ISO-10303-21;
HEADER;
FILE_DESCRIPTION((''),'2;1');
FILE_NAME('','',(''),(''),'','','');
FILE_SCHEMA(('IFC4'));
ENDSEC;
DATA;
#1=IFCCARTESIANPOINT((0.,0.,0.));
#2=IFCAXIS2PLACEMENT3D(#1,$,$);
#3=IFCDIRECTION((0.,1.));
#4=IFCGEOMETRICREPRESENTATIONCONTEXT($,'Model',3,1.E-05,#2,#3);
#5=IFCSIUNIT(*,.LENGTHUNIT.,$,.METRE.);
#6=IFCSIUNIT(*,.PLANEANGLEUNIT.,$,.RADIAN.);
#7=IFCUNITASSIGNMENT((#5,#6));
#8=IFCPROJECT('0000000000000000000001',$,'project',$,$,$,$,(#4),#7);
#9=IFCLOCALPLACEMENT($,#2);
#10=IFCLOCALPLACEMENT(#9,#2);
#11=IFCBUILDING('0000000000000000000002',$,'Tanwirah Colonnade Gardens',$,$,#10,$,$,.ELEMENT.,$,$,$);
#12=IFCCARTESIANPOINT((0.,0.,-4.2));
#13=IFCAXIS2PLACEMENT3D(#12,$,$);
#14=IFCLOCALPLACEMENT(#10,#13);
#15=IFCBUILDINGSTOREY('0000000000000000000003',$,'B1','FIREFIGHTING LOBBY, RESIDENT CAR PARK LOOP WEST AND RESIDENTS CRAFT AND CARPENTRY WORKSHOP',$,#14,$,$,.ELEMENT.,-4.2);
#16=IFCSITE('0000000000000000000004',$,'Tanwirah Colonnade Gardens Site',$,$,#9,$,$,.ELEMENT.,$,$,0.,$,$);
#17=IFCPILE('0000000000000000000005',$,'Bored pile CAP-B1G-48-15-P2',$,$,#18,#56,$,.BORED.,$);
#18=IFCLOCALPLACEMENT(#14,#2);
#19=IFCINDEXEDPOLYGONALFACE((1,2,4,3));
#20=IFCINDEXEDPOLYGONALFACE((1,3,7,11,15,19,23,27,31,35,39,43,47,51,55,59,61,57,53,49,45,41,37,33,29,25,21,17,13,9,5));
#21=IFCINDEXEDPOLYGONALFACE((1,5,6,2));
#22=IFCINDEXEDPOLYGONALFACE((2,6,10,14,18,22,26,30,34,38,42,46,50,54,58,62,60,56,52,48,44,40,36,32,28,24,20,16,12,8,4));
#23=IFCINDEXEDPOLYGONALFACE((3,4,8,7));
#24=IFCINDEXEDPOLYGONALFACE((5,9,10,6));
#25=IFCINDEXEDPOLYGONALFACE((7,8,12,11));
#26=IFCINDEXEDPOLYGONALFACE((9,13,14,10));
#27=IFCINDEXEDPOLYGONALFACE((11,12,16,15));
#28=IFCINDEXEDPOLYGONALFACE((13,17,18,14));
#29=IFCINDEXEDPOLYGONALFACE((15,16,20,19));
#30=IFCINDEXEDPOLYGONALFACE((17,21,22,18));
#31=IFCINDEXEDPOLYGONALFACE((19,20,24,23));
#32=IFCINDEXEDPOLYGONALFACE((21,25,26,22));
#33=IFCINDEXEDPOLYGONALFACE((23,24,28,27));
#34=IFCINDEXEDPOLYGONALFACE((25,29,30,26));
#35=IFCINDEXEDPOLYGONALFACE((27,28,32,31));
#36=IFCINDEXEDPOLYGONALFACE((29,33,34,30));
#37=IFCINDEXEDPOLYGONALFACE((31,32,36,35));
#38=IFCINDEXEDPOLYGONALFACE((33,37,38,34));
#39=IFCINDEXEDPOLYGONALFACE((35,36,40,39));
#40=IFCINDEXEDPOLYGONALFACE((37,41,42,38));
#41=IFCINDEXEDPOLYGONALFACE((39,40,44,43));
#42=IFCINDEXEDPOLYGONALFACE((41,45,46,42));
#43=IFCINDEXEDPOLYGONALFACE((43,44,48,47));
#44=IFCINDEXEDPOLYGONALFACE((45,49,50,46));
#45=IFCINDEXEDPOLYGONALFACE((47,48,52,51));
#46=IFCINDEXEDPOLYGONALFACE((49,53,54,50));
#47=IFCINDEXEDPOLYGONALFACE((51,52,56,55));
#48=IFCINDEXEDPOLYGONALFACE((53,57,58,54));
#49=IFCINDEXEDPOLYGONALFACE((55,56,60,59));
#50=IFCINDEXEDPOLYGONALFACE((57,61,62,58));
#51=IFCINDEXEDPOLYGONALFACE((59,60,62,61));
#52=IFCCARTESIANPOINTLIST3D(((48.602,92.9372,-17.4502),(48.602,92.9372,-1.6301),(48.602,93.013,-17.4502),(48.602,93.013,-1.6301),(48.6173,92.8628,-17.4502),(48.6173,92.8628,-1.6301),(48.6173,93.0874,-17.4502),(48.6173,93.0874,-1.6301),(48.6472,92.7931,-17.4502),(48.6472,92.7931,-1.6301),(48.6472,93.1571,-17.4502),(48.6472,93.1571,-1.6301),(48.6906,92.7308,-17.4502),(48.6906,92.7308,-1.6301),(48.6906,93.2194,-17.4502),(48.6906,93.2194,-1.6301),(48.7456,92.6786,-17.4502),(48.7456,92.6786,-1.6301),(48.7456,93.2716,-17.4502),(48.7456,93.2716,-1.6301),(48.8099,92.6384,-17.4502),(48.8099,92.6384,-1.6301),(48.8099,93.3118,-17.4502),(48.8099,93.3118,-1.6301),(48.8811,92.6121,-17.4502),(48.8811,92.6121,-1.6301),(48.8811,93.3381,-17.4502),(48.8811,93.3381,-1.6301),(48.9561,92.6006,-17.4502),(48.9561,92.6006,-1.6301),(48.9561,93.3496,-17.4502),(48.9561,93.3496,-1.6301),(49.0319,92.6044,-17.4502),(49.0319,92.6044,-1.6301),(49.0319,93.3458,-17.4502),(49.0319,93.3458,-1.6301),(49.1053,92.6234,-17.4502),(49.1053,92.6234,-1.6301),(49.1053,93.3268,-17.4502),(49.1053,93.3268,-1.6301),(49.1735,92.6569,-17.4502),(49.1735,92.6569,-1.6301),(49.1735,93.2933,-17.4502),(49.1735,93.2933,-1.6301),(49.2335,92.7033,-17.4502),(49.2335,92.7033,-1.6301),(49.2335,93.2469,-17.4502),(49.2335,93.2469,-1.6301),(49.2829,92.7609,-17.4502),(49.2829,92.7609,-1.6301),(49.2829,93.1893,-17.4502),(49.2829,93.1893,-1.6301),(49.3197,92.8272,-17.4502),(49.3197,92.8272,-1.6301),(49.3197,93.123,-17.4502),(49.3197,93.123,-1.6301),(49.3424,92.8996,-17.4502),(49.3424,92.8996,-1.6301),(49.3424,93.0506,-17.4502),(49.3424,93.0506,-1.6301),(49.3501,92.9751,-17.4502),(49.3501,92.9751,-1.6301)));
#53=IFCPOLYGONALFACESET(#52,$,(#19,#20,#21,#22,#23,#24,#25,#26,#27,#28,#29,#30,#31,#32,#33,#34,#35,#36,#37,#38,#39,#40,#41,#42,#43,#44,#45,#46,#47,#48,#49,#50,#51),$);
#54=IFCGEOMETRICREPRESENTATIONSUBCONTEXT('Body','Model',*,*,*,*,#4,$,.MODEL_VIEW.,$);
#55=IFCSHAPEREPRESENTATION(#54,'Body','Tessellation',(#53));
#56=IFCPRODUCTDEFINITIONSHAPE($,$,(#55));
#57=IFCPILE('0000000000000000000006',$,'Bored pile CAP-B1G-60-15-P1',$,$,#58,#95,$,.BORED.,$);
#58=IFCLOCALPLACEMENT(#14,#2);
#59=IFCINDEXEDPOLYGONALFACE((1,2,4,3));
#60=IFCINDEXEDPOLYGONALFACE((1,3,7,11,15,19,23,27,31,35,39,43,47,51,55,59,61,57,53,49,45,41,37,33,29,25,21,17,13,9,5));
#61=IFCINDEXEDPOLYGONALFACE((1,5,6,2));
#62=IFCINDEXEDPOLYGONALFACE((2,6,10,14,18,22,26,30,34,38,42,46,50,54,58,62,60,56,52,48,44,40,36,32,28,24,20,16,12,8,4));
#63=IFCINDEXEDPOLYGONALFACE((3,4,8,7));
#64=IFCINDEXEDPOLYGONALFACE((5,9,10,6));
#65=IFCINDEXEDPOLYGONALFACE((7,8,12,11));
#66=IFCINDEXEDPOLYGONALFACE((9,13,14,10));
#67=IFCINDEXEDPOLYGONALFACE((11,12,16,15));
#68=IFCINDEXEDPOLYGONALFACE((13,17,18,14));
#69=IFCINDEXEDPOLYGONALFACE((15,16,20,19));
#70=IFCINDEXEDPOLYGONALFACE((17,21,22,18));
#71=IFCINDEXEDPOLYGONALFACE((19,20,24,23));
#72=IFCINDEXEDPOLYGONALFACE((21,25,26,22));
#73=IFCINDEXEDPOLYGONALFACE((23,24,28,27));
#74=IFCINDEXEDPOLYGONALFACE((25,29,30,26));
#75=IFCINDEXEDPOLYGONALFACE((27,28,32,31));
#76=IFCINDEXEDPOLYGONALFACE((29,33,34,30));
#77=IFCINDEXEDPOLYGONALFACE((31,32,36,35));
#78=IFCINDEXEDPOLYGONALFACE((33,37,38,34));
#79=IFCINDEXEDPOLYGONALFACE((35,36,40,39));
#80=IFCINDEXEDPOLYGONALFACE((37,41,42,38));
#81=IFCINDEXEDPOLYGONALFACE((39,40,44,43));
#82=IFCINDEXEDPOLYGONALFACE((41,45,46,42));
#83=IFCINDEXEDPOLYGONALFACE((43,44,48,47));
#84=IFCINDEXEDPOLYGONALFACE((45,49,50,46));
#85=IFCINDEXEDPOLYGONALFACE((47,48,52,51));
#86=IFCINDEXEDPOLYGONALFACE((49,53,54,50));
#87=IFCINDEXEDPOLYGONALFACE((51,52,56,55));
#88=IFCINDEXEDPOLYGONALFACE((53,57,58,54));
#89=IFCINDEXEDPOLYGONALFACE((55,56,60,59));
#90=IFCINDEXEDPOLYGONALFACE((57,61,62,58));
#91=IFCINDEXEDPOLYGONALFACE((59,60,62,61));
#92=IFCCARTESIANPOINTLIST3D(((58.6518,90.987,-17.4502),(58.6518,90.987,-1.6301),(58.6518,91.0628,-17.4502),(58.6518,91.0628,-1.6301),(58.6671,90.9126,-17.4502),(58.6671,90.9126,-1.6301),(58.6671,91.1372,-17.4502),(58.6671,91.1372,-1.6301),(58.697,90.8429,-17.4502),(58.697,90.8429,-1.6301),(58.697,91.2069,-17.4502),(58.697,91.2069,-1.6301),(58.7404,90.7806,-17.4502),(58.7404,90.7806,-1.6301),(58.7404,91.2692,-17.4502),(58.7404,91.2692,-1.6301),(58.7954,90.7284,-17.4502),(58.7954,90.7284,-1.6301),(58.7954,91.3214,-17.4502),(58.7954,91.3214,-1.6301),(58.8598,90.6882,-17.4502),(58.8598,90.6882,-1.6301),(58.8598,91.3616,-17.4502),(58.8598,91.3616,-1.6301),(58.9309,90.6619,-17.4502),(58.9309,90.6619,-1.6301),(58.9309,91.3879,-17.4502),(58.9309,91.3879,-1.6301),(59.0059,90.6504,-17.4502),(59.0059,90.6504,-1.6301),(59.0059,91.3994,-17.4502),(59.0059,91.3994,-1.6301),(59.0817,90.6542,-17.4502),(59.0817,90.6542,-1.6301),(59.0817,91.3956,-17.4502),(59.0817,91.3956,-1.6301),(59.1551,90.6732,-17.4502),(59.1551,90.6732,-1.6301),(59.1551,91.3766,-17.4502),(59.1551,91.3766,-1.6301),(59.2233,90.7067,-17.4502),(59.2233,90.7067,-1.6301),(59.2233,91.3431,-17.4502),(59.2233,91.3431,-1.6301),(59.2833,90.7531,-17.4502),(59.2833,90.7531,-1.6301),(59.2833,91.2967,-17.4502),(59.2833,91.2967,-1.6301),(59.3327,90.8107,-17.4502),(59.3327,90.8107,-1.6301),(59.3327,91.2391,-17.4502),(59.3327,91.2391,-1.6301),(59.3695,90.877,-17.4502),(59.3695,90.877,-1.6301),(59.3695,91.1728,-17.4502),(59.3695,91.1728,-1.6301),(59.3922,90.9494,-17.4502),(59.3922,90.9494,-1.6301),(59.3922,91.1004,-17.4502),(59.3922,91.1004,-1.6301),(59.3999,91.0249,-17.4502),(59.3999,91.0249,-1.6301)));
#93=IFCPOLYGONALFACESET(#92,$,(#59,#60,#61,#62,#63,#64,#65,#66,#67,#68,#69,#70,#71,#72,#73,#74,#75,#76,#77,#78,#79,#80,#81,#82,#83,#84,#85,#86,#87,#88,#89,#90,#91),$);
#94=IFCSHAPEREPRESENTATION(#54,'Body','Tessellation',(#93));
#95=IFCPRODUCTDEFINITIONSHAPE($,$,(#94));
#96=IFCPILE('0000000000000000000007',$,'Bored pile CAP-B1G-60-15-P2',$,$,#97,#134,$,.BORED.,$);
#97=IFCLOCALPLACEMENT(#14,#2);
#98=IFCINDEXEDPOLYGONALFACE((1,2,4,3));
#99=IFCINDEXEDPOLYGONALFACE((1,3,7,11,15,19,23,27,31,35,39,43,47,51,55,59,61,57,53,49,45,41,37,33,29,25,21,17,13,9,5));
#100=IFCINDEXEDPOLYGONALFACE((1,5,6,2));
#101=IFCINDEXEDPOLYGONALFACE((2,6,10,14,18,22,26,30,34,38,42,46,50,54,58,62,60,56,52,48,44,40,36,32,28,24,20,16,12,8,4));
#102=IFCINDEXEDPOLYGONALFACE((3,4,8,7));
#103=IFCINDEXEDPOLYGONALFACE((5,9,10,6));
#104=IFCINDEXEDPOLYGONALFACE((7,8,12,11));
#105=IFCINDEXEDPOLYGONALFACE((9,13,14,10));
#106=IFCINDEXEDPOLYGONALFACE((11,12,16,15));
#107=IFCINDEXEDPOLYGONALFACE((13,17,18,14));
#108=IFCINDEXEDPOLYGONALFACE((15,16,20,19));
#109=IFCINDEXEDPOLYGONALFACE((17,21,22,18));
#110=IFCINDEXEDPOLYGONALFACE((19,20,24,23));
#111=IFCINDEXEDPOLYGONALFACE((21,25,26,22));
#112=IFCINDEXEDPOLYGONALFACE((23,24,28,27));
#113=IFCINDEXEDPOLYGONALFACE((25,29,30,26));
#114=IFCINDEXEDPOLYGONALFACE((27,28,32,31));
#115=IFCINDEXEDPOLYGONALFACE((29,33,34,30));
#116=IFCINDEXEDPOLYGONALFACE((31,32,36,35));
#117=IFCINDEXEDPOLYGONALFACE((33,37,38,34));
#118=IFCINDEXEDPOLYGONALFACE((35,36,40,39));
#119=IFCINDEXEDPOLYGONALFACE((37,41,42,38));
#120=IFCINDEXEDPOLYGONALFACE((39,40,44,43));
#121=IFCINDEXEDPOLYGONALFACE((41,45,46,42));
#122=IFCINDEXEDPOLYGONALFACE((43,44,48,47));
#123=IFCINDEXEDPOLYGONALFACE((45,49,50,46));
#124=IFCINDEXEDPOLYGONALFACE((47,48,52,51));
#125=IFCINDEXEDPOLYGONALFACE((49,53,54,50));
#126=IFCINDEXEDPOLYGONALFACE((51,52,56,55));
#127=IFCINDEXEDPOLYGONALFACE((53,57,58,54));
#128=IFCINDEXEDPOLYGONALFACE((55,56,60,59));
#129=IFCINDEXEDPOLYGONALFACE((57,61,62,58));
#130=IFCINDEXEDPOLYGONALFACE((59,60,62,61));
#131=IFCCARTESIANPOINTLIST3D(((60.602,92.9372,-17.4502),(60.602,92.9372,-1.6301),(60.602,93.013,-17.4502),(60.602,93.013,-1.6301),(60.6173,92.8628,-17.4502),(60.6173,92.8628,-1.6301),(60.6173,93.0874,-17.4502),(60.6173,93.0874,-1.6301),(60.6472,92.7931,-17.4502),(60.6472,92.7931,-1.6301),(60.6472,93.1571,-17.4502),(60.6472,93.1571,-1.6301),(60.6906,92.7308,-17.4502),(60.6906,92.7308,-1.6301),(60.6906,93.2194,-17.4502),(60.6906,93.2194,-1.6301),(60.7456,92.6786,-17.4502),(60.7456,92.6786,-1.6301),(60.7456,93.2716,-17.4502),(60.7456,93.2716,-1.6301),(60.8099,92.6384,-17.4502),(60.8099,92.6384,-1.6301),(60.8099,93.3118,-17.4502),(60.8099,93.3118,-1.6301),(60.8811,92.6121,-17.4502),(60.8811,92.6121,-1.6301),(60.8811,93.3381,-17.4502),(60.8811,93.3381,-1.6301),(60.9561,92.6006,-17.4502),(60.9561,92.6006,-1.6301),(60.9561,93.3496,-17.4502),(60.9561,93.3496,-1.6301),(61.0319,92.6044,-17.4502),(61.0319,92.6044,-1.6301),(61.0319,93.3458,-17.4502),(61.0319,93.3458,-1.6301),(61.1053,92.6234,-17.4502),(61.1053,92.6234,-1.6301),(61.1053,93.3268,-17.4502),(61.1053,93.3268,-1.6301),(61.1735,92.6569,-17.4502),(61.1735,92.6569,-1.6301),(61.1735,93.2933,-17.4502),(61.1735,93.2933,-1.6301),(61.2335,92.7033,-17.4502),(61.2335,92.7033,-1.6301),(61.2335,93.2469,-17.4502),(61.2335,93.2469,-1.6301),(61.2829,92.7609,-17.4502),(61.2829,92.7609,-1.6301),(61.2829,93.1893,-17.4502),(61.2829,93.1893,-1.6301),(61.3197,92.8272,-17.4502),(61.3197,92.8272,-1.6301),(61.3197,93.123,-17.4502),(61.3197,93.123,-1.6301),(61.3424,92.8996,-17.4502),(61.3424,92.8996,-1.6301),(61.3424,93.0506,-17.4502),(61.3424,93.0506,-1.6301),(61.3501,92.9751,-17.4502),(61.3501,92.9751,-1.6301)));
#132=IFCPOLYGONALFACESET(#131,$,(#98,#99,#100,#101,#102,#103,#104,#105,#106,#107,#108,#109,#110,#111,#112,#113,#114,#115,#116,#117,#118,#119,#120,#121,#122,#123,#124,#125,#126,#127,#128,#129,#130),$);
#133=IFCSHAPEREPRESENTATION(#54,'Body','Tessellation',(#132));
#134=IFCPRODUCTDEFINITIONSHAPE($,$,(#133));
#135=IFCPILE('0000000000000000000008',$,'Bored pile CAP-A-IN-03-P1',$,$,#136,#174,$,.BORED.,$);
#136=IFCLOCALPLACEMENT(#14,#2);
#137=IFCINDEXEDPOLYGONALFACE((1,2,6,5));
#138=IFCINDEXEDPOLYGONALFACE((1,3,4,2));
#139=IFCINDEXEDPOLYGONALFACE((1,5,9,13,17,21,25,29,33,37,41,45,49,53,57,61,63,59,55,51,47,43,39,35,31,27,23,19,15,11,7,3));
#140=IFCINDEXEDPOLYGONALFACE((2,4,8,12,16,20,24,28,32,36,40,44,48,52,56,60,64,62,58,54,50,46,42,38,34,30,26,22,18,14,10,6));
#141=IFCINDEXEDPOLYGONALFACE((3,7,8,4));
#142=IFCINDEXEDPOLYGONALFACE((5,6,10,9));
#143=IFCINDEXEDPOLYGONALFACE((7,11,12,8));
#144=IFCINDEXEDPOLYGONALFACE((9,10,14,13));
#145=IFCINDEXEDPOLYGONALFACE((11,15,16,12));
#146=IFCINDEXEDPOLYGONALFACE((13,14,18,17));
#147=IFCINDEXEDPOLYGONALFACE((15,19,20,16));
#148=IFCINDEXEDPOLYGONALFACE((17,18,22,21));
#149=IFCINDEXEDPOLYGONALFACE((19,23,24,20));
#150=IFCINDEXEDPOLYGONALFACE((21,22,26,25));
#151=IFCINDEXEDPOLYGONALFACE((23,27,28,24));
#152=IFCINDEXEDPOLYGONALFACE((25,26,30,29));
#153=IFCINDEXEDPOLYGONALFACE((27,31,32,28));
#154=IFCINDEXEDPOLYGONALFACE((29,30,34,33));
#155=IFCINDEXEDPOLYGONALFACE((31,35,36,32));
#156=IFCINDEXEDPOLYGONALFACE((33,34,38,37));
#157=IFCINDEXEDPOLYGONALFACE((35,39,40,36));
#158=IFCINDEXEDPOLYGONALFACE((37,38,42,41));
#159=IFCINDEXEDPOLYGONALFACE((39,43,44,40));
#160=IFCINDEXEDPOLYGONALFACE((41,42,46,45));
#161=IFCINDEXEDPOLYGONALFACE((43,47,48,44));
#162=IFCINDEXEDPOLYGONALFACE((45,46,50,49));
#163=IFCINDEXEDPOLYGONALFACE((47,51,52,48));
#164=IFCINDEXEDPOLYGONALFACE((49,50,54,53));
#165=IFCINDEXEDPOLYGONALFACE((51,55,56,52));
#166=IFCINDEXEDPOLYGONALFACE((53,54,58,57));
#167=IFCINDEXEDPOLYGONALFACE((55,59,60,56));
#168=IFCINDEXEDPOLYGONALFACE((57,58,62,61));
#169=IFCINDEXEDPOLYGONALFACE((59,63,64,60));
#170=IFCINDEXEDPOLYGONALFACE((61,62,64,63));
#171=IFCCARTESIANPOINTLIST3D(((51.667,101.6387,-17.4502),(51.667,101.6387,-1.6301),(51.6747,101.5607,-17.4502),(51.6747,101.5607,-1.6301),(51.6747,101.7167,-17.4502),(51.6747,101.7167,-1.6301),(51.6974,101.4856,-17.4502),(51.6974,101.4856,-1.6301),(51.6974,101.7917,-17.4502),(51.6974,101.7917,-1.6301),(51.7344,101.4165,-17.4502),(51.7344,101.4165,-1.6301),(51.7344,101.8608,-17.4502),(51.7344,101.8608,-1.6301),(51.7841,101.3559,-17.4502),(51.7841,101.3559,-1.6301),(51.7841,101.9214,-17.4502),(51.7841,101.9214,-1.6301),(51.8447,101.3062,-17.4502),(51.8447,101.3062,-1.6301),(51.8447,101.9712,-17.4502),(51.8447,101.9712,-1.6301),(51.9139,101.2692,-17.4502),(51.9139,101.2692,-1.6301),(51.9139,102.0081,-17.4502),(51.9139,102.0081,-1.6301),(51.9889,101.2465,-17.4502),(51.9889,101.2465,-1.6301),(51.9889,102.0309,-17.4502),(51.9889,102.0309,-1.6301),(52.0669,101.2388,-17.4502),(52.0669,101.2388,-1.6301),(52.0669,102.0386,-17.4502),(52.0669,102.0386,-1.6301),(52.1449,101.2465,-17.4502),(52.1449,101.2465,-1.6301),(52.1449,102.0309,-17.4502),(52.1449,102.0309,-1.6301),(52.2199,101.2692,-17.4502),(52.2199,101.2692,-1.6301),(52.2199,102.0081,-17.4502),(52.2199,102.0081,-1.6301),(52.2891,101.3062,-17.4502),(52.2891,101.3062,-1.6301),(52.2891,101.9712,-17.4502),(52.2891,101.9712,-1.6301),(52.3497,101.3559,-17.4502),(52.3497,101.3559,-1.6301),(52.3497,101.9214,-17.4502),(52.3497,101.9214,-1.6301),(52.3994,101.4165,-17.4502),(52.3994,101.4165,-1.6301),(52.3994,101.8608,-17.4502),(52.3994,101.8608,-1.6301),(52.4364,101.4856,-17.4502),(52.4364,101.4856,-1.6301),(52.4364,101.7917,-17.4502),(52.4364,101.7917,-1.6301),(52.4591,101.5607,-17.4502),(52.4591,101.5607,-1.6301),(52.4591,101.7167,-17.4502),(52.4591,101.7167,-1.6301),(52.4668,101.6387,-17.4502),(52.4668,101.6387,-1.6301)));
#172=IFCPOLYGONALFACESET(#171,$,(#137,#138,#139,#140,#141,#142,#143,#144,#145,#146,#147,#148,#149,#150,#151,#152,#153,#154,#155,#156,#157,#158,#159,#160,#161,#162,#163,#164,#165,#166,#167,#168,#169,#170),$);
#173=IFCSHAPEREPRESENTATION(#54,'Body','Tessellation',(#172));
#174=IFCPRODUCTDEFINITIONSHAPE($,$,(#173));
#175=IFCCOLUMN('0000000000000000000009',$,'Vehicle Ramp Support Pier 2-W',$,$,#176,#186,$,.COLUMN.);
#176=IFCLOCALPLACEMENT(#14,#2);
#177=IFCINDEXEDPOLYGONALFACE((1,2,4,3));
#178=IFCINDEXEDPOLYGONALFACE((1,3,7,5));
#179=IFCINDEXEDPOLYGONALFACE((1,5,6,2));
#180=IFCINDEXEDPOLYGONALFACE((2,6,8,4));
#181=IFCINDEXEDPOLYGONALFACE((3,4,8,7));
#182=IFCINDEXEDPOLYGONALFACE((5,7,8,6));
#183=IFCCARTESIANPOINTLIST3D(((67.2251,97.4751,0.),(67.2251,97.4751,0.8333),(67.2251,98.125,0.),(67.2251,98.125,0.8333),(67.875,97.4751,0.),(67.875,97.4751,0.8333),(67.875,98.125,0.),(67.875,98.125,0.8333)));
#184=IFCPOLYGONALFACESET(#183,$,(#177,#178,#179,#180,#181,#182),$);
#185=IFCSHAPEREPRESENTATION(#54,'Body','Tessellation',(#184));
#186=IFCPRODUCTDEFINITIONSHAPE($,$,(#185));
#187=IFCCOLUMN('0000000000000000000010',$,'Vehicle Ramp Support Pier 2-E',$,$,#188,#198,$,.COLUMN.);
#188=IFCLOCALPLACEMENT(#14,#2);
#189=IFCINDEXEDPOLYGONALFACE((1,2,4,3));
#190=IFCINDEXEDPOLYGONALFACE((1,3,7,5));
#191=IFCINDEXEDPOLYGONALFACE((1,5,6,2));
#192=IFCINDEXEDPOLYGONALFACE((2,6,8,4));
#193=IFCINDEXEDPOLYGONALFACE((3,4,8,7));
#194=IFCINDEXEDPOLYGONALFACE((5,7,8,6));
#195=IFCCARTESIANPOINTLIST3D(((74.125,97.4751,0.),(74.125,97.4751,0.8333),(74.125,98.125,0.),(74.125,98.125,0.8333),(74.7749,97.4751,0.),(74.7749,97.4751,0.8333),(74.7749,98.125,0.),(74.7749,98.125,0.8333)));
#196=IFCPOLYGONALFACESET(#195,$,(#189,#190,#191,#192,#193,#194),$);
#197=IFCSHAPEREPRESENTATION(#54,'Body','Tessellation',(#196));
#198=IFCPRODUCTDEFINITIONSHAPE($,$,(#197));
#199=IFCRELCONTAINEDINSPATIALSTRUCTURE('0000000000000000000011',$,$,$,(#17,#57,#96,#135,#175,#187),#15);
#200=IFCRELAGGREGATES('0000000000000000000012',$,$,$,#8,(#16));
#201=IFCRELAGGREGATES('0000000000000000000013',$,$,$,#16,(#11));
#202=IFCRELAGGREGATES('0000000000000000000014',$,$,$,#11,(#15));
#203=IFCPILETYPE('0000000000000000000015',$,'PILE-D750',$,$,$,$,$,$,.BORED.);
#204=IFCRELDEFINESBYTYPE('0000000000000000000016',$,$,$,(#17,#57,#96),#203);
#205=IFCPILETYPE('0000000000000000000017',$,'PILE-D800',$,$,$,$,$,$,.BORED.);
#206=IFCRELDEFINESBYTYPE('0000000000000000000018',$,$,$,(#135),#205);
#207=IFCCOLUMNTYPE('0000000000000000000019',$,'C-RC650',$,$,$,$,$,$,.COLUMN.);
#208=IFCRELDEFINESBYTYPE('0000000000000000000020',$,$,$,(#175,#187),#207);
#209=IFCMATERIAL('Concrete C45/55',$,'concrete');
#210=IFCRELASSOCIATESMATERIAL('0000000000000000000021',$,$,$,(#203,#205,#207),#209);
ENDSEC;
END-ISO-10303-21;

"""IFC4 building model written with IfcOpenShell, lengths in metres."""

from ifc_helpers import new_model, si_unit, direction, frame, origin, origin_2d, place, context, subcontext, project, spatial, rectangle, circle, extrude, material, material_profile, profile_set, type_object, element, save


model = new_model("IFC4")

# Units and contexts
model_context = context("Model", 3, precision=1e-05, world=origin(), true_north=direction((0.0, 1.0)))
body_context = subcontext(model_context, "Body", "Model", "MODEL_VIEW")
ifc_project = project(units=[si_unit("LENGTHUNIT", "METRE"), si_unit("PLANEANGLEUNIT", "RADIAN")], contexts=[model_context])

# Site, building, storey
site_placement = place(None, origin())
site = spatial("IfcSite", under=ifc_project, at=site_placement, Name="Tanwirah Colonnade Gardens Site", CompositionType="ELEMENT", RefElevation=0.0)
building_placement = place(site_placement, origin())
building = spatial("IfcBuilding", under=site, at=building_placement, Name="Tanwirah Colonnade Gardens", CompositionType="ELEMENT")
storey_placement = place(building_placement, frame((0.0, 0.0, -4.2)))
storey = spatial("IfcBuildingStorey", under=building, at=storey_placement, Name="B1", Description="FIREFIGHTING LOBBY, RESIDENT CAR PARK LOOP WEST AND RESIDENTS CRAFT AND CARPENTRY WORKSHOP", CompositionType="ELEMENT", Elevation=-4.2)

# Shared definitions
ifc_material_1 = material(Name="Concrete C45/55", Category="concrete")

# Piles
ifc_material_profile_1 = material_profile(ifc_material_1, circle(Radius=0.375, at=origin_2d()), Name="PILE D750")
ifc_profile_set_1 = profile_set([ifc_material_profile_1], Name="Concrete C45/55")
pile_type_1 = type_object("IfcPileType", Name="PILE-D750", PredefinedType="BORED", material=ifc_profile_set_1)
for number, where, z_axis, x_axis, name in (
    (1, (48.9751, 92.9751, -1.6301), (0.0, 0.0, -1.0), (1.0, 0.0, 0.0), "Bored pile CAP-B1G-48-15-P2"),
    (2, (59.0249, 91.0249, -1.6301), (0.0, 0.0, -1.0), (1.0, 0.0, 0.0), "Bored pile CAP-B1G-60-15-P1"),
    (3, (60.9751, 92.9751, -1.6301), (0.0, 0.0, -1.0), (1.0, 0.0, 0.0), "Bored pile CAP-B1G-60-15-P2"),
):
    element("IfcPile", number, at=place(storey_placement, frame(where, z_axis=z_axis, x_axis=x_axis)), inside=storey, type_object=pile_type_1, Name=name, PredefinedType="BORED", context=body_context, shape_type="SweptSolid", body=[
        extrude(circle(Radius=0.375, at=origin_2d()), origin(), (0.0, 0.0, 1.0), 15.8201),
    ])
ifc_material_profile_2 = material_profile(ifc_material_1, circle(Radius=0.3999, at=origin_2d()), Name="PILE D800")
ifc_profile_set_2 = profile_set([ifc_material_profile_2], Name="Concrete C45/55")
pile_type_2 = type_object("IfcPileType", Name="PILE-D800", PredefinedType="BORED", material=ifc_profile_set_2)
pile_1_placement = place(storey_placement, frame((52.0669, 101.6387, -1.6301), z_axis=(0.0, 0.0, -1.0), x_axis=(1.0, 0.0, 0.0)))
element("IfcPile", 4, at=pile_1_placement, inside=storey, type_object=pile_type_2, Name="Bored pile CAP-A-IN-03-P1", PredefinedType="BORED", context=body_context, shape_type="SweptSolid", body=[
    extrude(circle(Radius=0.3999, at=origin_2d()), origin(), (0.0, 0.0, 1.0), 15.8201),
])

# Columns
ifc_material_profile_3 = material_profile(ifc_material_1, rectangle(XDim=0.6499, YDim=0.6499, at=origin_2d()), Name="RC-COL 650x650")
ifc_profile_set_3 = profile_set([ifc_material_profile_3], Name="Concrete C45/55")
column_type_1 = type_object("IfcColumnType", Name="C-RC650", PredefinedType="COLUMN", material=ifc_profile_set_3)
for number, where, z_axis, x_axis, name in (
    (5, (67.55, 97.8, 0.0), (0.0, 0.0, 1.0), (1.0, 0.0, 0.0), "Vehicle Ramp Support Pier 2-W"),
    (6, (74.45, 97.8, 0.0), (0.0, 0.0, 1.0), (1.0, 0.0, 0.0), "Vehicle Ramp Support Pier 2-E"),
):
    element("IfcColumn", number, at=place(storey_placement, frame(where, z_axis=z_axis, x_axis=x_axis)), inside=storey, type_object=column_type_1, Name=name, PredefinedType="COLUMN", context=body_context, shape_type="SweptSolid", body=[
        extrude(rectangle(XDim=0.6499, YDim=0.6499, at=origin_2d()), origin(), (0.0, 0.0, 1.0), 0.8333),
    ])

save(model, "model.ifc")
